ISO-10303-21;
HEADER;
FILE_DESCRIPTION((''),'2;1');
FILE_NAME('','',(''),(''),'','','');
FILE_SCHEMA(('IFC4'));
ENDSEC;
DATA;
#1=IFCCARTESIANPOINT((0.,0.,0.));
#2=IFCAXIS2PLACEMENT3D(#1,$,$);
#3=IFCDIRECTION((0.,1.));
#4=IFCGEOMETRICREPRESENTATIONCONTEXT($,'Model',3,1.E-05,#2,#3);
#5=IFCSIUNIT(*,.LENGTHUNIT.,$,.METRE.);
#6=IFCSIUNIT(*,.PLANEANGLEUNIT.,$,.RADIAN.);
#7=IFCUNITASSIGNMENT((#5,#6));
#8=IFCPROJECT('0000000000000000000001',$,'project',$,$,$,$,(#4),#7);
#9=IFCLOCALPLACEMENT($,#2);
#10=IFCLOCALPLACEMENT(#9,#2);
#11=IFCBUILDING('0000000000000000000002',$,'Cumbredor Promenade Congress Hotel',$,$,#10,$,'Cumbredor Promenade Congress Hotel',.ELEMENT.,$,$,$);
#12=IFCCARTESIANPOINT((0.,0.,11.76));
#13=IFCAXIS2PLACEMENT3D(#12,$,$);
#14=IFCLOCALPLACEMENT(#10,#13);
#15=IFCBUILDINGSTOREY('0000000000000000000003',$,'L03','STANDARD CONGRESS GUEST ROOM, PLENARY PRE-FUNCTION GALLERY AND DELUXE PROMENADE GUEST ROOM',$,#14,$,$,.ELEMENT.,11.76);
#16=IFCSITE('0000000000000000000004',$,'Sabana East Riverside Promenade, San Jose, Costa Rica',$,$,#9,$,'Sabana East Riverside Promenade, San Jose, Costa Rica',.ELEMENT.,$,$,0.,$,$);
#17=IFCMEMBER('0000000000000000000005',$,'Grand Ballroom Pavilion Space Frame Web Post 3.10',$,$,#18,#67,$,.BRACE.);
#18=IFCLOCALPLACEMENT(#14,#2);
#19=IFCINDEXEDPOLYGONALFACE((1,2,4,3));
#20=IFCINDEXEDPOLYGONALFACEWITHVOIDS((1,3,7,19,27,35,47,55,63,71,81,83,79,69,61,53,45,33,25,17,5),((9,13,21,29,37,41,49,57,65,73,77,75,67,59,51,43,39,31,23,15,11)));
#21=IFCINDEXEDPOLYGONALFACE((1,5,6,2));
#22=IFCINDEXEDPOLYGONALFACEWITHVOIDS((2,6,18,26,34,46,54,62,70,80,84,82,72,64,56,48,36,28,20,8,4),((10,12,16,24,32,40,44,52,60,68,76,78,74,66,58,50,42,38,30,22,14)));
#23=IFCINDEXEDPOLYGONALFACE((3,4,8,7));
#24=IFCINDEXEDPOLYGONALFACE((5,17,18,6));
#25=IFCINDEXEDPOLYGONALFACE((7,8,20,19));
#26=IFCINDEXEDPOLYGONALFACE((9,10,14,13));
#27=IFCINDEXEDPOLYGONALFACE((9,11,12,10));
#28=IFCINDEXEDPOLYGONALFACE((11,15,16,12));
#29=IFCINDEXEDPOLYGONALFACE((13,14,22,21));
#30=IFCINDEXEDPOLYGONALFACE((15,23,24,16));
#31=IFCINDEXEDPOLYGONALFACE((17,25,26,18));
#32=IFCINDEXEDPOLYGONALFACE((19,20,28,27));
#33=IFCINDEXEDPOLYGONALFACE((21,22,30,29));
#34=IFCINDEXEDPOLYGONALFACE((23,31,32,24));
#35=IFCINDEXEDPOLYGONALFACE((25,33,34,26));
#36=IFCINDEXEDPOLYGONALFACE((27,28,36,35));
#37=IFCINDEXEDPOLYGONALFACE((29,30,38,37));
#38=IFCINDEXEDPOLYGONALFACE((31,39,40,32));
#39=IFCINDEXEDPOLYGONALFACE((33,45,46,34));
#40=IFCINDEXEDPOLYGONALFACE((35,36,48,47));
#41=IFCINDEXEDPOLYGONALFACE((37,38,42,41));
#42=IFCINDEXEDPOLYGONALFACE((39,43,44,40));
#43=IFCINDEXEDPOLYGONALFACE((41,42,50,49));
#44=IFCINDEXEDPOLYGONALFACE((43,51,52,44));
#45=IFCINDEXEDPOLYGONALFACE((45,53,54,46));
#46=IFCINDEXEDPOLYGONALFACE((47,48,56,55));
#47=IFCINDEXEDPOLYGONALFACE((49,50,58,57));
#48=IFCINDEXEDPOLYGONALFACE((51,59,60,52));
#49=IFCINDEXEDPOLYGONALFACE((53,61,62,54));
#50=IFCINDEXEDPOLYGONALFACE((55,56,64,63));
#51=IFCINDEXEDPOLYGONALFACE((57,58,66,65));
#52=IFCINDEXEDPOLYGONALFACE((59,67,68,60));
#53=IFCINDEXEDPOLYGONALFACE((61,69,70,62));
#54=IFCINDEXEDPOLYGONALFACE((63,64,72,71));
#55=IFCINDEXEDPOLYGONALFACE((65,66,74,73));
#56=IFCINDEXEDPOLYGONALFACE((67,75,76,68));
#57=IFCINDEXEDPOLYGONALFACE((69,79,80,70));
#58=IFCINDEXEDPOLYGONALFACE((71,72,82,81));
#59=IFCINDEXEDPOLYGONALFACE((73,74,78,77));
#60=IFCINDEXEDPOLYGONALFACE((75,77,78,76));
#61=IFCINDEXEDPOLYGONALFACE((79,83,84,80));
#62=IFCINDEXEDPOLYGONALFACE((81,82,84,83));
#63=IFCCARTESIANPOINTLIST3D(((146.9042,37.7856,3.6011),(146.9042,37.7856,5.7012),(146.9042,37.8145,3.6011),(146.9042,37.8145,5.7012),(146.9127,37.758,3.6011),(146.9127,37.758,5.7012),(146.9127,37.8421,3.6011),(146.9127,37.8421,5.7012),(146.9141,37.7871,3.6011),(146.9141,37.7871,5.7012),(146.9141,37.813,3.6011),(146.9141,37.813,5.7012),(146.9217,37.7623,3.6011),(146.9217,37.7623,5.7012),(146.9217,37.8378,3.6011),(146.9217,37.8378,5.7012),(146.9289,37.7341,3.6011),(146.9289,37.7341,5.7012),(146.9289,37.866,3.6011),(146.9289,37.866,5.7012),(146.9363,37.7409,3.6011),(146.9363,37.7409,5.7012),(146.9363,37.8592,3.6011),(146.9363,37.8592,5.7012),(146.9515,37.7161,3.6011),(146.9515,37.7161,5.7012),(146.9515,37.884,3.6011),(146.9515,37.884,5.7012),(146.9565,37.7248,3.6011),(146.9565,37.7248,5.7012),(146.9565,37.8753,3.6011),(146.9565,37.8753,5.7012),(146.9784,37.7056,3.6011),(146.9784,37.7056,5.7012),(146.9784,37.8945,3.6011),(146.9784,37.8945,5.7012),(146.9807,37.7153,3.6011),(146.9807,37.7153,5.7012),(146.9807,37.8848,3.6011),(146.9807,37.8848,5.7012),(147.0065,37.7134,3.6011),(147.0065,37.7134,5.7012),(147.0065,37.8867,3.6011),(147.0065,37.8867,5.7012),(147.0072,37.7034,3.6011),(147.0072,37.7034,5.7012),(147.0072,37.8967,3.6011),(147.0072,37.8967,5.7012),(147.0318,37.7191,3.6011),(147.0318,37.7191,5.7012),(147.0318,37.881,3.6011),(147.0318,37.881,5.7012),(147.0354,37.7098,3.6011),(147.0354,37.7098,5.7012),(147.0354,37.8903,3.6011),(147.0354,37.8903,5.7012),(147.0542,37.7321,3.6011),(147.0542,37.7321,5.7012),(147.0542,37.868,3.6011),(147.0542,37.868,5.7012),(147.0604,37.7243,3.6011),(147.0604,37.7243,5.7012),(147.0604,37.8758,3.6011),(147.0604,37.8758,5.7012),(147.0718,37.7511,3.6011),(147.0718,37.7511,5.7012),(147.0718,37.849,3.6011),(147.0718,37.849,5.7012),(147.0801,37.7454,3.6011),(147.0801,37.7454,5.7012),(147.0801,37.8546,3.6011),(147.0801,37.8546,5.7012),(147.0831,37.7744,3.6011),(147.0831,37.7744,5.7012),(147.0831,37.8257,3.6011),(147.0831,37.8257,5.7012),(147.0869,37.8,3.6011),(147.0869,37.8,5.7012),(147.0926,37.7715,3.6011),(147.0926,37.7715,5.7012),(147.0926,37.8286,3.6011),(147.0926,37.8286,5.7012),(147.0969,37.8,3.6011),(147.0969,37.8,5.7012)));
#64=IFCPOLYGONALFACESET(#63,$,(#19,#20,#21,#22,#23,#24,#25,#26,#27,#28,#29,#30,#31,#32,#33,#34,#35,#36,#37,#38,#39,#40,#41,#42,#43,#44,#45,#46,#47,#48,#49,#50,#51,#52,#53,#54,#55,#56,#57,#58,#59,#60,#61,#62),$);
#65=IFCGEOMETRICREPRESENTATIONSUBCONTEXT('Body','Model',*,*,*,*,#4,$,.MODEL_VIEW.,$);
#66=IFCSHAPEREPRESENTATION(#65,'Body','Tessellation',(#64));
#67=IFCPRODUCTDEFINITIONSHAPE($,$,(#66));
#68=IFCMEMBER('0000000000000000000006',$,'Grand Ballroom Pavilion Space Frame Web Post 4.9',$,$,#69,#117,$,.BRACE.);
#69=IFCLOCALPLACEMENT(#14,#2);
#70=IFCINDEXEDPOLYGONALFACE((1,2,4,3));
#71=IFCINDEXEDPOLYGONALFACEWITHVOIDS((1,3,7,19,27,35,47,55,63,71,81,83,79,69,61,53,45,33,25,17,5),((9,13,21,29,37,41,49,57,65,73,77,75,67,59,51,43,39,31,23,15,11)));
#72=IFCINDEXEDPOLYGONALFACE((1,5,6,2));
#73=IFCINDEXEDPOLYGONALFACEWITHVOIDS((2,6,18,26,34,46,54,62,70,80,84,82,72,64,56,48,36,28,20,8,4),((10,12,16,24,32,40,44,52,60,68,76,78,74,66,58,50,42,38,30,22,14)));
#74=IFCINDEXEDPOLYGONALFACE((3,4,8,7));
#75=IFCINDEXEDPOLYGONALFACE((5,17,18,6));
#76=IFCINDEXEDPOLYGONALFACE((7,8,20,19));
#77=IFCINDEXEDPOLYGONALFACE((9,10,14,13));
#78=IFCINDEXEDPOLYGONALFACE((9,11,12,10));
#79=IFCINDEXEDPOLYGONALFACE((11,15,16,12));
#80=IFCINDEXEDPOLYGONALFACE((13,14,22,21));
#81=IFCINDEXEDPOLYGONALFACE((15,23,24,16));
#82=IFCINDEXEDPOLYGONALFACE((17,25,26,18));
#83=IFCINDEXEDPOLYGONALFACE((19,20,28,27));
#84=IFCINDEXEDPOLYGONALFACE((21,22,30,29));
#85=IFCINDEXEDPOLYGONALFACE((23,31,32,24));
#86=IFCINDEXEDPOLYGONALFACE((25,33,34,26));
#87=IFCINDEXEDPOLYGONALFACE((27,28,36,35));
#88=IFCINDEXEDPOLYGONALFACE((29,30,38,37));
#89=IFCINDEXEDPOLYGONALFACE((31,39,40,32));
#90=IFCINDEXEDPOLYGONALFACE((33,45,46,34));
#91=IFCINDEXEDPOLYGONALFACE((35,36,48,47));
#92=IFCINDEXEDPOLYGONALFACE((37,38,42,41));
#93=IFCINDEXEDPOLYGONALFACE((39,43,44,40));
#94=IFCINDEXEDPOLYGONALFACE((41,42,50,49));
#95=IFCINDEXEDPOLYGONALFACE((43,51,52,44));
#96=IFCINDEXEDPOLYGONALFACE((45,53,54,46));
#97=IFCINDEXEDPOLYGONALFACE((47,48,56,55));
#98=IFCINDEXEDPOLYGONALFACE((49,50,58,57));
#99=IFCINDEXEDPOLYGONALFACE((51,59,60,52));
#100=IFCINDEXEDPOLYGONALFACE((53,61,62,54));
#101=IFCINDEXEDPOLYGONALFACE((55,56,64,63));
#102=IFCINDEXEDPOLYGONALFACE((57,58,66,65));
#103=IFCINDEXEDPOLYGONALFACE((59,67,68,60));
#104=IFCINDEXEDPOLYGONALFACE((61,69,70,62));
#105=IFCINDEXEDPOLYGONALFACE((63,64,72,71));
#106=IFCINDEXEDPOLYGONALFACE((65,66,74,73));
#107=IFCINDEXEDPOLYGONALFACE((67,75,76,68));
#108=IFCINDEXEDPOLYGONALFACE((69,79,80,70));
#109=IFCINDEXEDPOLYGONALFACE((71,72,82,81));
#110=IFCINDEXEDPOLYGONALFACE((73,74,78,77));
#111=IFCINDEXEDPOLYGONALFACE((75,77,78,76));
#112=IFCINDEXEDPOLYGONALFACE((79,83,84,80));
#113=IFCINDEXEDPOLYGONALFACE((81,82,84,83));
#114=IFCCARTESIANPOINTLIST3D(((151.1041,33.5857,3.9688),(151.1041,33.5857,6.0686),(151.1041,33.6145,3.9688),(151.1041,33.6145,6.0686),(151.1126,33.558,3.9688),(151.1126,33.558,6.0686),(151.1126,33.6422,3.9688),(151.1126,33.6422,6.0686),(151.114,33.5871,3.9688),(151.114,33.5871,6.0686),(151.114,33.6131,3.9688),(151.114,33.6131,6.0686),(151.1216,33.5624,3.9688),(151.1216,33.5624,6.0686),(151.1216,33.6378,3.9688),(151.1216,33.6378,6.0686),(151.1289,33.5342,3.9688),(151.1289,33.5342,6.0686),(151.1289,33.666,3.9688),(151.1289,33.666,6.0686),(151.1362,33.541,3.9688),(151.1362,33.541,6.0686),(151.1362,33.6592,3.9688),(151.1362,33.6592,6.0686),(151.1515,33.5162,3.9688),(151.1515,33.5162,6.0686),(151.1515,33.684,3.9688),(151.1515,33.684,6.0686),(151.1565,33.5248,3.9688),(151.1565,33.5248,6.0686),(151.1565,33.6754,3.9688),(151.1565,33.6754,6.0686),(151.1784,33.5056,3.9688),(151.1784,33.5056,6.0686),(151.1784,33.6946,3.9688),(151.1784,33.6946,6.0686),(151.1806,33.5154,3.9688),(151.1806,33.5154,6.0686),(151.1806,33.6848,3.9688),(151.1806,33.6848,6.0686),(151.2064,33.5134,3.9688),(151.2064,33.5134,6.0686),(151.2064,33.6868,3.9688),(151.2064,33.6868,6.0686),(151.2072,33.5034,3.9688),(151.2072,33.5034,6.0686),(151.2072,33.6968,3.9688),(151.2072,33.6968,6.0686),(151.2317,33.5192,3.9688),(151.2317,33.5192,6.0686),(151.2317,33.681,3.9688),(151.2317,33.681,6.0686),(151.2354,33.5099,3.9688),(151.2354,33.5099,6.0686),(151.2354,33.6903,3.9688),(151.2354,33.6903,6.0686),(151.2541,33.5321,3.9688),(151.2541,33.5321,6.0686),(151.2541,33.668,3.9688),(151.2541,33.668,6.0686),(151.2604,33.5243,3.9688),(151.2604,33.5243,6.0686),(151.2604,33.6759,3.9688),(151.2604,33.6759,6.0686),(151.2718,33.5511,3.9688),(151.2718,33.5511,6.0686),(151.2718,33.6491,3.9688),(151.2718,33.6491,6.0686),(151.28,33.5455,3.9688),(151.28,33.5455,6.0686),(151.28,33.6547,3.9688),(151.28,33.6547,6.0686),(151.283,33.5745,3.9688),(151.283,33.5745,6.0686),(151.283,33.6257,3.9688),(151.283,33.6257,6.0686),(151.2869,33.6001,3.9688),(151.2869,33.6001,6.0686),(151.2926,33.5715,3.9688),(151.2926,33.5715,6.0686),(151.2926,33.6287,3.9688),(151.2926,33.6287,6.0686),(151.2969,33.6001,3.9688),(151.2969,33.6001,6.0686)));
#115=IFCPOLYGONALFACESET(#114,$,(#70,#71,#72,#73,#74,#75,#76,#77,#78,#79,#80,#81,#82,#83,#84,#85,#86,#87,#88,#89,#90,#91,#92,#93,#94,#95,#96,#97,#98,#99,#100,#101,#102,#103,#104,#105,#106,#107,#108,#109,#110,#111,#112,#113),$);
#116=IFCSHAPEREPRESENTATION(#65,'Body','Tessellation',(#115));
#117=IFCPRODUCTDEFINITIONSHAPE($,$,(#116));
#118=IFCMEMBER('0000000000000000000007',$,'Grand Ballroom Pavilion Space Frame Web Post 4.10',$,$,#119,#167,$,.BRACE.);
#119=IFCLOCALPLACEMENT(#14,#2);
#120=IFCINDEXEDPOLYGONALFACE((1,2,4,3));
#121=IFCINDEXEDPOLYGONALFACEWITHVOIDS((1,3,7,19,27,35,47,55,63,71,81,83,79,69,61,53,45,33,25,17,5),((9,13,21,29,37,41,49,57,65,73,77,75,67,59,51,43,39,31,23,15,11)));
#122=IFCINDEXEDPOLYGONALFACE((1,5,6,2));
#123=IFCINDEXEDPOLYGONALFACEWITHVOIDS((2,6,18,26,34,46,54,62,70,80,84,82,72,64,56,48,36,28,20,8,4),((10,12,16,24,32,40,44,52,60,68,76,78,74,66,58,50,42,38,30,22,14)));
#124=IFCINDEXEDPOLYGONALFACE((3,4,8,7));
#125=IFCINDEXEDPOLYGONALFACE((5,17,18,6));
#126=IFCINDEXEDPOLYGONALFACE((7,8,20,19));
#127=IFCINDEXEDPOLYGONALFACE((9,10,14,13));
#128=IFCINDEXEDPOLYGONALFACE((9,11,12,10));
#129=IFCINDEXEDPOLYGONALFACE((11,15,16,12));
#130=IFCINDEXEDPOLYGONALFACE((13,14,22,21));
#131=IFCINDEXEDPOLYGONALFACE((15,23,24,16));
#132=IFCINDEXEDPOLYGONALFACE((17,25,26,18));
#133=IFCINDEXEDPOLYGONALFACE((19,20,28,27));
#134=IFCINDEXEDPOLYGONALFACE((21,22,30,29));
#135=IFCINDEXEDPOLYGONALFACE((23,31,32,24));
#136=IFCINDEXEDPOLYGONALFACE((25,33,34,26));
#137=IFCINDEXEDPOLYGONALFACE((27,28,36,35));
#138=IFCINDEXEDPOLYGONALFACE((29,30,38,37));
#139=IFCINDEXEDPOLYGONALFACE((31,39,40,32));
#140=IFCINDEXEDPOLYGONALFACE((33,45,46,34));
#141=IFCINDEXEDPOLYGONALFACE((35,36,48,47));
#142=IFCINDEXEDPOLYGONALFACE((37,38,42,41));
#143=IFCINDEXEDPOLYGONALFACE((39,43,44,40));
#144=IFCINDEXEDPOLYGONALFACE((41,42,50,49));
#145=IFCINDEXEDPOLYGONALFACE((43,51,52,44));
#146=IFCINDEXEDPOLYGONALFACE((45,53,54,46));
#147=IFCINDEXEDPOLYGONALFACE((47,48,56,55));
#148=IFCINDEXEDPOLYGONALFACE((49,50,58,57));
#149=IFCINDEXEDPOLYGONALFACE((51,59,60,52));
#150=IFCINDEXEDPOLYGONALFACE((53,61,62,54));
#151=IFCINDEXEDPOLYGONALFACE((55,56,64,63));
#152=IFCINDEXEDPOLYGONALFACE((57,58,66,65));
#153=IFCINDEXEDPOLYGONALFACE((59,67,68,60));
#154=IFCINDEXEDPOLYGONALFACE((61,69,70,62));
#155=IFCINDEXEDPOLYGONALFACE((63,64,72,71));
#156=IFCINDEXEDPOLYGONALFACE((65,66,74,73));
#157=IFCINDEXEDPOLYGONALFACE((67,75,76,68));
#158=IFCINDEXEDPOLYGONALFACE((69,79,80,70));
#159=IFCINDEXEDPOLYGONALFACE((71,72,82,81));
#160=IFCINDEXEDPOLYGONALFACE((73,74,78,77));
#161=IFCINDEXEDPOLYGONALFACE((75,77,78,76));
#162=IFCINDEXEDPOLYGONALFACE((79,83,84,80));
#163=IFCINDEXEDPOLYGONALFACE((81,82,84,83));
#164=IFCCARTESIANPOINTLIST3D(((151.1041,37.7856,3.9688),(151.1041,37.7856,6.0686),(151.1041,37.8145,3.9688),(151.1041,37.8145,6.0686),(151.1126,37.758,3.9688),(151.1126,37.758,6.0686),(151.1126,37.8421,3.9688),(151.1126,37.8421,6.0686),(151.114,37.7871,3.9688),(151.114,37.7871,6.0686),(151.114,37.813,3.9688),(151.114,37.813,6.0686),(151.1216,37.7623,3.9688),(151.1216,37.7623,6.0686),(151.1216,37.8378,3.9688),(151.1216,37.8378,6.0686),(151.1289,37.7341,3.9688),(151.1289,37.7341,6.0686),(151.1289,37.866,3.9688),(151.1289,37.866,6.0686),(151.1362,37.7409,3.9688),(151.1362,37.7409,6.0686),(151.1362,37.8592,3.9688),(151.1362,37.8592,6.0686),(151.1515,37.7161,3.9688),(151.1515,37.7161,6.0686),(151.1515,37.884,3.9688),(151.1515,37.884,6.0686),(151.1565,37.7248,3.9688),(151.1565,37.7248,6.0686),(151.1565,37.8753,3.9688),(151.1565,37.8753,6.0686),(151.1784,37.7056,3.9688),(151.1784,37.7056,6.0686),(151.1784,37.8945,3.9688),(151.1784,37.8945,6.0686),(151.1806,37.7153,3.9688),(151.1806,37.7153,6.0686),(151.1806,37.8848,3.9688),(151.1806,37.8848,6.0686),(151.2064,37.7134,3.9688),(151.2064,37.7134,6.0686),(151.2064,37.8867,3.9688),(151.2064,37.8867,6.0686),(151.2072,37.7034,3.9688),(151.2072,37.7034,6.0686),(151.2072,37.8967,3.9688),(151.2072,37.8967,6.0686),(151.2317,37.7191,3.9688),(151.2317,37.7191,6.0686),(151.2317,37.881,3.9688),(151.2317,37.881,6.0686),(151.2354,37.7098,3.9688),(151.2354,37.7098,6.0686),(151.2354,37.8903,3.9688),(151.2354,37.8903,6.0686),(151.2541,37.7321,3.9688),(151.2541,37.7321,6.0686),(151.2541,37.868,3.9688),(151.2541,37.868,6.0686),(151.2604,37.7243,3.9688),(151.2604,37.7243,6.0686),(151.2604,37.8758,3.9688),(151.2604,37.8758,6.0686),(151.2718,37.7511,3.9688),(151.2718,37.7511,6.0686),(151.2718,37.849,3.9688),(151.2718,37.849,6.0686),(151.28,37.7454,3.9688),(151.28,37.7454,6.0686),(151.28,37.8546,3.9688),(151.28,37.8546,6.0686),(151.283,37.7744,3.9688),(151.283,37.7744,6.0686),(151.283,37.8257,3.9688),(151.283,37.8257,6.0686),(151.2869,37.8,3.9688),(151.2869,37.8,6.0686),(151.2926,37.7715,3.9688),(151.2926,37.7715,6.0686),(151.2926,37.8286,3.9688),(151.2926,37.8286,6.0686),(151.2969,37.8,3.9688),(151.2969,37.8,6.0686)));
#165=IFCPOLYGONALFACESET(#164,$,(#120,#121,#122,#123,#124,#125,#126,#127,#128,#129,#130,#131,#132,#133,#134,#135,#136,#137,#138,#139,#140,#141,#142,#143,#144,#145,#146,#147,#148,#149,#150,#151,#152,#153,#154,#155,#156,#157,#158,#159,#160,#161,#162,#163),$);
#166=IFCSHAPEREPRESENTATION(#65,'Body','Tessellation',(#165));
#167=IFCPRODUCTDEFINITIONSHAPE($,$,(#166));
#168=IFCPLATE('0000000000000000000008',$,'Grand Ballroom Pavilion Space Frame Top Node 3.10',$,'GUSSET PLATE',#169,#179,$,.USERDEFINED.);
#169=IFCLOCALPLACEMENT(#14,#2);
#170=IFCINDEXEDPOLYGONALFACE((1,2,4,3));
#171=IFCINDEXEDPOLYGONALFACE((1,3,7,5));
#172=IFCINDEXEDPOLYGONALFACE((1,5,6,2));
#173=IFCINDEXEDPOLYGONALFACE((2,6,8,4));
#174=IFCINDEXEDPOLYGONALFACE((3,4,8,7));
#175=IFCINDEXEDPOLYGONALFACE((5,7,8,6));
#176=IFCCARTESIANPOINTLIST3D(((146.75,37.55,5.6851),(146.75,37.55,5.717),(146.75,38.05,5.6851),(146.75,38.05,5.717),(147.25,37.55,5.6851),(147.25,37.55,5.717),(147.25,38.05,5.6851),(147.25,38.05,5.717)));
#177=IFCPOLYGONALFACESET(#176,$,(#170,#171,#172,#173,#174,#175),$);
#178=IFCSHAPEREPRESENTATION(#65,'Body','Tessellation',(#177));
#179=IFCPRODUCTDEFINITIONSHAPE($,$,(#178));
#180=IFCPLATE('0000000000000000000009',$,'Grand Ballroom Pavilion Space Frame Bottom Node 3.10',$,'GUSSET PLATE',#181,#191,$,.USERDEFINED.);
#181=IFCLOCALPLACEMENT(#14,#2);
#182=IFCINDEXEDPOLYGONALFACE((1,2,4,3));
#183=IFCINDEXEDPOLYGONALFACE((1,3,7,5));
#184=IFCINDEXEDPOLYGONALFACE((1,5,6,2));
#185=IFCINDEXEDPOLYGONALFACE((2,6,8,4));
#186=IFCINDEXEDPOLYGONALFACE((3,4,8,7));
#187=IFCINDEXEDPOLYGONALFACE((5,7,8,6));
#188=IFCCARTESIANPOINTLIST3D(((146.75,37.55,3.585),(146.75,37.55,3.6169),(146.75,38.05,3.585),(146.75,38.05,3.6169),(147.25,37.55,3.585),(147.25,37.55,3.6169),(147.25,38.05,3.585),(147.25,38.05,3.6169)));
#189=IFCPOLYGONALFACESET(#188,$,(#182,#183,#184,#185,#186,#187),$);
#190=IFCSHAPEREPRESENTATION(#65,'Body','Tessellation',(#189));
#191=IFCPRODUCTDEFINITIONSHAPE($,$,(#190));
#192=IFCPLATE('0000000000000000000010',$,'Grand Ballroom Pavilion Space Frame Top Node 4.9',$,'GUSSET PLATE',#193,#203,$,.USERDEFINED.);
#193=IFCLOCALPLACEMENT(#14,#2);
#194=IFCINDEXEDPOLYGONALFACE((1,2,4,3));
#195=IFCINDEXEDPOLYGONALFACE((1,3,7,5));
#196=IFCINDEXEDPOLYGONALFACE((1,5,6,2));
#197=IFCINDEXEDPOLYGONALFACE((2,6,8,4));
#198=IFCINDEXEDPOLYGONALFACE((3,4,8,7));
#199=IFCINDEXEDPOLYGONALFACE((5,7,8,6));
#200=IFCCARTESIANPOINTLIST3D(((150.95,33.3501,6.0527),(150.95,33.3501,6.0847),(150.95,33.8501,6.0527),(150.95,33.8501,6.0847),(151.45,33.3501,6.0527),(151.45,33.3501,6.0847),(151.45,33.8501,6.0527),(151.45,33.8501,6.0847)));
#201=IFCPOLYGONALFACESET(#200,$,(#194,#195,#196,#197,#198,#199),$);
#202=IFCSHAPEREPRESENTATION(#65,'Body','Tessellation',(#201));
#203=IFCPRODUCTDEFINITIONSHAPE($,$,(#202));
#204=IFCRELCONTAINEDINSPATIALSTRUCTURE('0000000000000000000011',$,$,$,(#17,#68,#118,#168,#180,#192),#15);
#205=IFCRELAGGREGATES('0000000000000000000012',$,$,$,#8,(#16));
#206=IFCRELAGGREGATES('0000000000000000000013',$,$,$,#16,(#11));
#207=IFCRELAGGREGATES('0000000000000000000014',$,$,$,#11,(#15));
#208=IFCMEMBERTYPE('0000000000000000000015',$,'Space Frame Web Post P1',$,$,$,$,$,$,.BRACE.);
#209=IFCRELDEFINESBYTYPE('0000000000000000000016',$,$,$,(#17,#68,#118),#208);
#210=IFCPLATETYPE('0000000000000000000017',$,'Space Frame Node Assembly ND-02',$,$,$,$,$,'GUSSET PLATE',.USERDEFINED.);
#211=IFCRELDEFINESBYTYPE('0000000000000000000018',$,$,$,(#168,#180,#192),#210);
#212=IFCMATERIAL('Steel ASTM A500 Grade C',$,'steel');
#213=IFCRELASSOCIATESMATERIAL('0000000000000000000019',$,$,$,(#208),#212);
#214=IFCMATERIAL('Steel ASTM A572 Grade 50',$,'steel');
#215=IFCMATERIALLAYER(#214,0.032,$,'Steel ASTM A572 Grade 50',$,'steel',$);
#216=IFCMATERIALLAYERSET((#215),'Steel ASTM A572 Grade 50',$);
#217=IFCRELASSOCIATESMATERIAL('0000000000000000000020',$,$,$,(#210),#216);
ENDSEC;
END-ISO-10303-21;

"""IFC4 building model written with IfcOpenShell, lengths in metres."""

from ifc_helpers import new_model, si_unit, direction, frame, origin, origin_2d, place, context, subcontext, project, spatial, rectangle, hollow_circle, extrude, material, layer, layer_set, material_profile, profile_set, type_object, element, save


model = new_model("IFC4")

# Units and contexts
model_context = context("Model", 3, precision=1e-05, world=origin(), true_north=direction((0.0, 1.0)))
body_context = subcontext(model_context, "Body", "Model", "MODEL_VIEW")
ifc_project = project(units=[si_unit("LENGTHUNIT", "METRE"), si_unit("PLANEANGLEUNIT", "RADIAN")], contexts=[model_context])

# Site, building, storey
site_placement = place(None, origin())
site = spatial("IfcSite", under=ifc_project, at=site_placement, Name="Sabana East Riverside Promenade, San Jose, Costa Rica", LongName="Sabana East Riverside Promenade, San Jose, Costa Rica", CompositionType="ELEMENT", RefElevation=0.0)
building_placement = place(site_placement, origin())
building = spatial("IfcBuilding", under=site, at=building_placement, Name="Cumbredor Promenade Congress Hotel", LongName="Cumbredor Promenade Congress Hotel", CompositionType="ELEMENT")
storey_placement = place(building_placement, frame((0.0, 0.0, 11.76)))
storey = spatial("IfcBuildingStorey", under=building, at=storey_placement, Name="L03", Description="STANDARD CONGRESS GUEST ROOM, PLENARY PRE-FUNCTION GALLERY AND DELUXE PROMENADE GUEST ROOM", CompositionType="ELEMENT", Elevation=11.76)

# Members
ifc_material_1 = material(Name="Steel ASTM A500 Grade C", Category="steel")
ifc_material_profile_1 = material_profile(ifc_material_1, hollow_circle(Radius=0.0969, WallThickness=0.01, at=origin_2d()), Name="CHS 193.7x10")
ifc_profile_set_1 = profile_set([ifc_material_profile_1], Name="Steel ASTM A500 Grade C")
member_type_1 = type_object("IfcMemberType", Name="Space Frame Web Post P1", PredefinedType="BRACE", material=ifc_profile_set_1)
member_1_placement = place(storey_placement, frame((147.0, 37.8, 3.6011), z_axis=(0.0, 0.0, 1.0), x_axis=(1.0, 0.0, 0.0)))
element("IfcMember", 1, at=member_1_placement, inside=storey, type_object=member_type_1, Name="Grand Ballroom Pavilion Space Frame Web Post 3.10", PredefinedType="BRACE", context=body_context, shape_type="SweptSolid", body=[
    extrude(hollow_circle(Radius=0.0969, WallThickness=0.01, at=origin_2d()), origin(), (0.0, 0.0, 1.0), 2.1001),
])
for number, where, z_axis, x_axis, name in (
    (2, (151.2, 33.6001, 3.9688), (0.0, 0.0, 1.0), (1.0, 0.0, 0.0), "Grand Ballroom Pavilion Space Frame Web Post 4.9"),
    (3, (151.2, 37.8, 3.9688), (0.0, 0.0, 1.0), (1.0, 0.0, 0.0), "Grand Ballroom Pavilion Space Frame Web Post 4.10"),
):
    element("IfcMember", number, at=place(storey_placement, frame(where, z_axis=z_axis, x_axis=x_axis)), inside=storey, type_object=member_type_1, Name=name, PredefinedType="BRACE", context=body_context, shape_type="SweptSolid", body=[
        extrude(hollow_circle(Radius=0.0969, WallThickness=0.01, at=origin_2d()), origin(), (0.0, 0.0, 1.0), 2.0999),
    ])

# Plates
ifc_material_2 = material(Name="Steel ASTM A572 Grade 50", Category="steel")
ifc_layer = layer(ifc_material_2, 0.032, Name="Steel ASTM A572 Grade 50", Category="steel")
ifc_layer_set = layer_set([ifc_layer], Name="Steel ASTM A572 Grade 50")
plate_type = type_object("IfcPlateType", Name="Space Frame Node Assembly ND-02", ElementType="GUSSET PLATE", PredefinedType="USERDEFINED", material=ifc_layer_set)
for number, where, z_axis, x_axis, name in (
    (4, (147.0, 37.8, 5.6851), (0.0, 0.0, 1.0), (1.0, 0.0, 0.0), "Grand Ballroom Pavilion Space Frame Top Node 3.10"),
    (5, (147.0, 37.8, 3.585), (0.0, 0.0, 1.0), (1.0, 0.0, 0.0), "Grand Ballroom Pavilion Space Frame Bottom Node 3.10"),
    (6, (151.2, 33.6001, 6.0527), (0.0, 0.0, 1.0), (1.0, 0.0, 0.0), "Grand Ballroom Pavilion Space Frame Top Node 4.9"),
):
    element("IfcPlate", number, at=place(storey_placement, frame(where, z_axis=z_axis, x_axis=x_axis)), inside=storey, type_object=plate_type, Name=name, ObjectType="GUSSET PLATE", PredefinedType="USERDEFINED", context=body_context, shape_type="SweptSolid", body=[
        extrude(rectangle(XDim=0.5, YDim=0.5, at=origin_2d()), origin(), (0.0, 0.0, 1.0), 0.032),
    ])

save(model, "model.ifc")
